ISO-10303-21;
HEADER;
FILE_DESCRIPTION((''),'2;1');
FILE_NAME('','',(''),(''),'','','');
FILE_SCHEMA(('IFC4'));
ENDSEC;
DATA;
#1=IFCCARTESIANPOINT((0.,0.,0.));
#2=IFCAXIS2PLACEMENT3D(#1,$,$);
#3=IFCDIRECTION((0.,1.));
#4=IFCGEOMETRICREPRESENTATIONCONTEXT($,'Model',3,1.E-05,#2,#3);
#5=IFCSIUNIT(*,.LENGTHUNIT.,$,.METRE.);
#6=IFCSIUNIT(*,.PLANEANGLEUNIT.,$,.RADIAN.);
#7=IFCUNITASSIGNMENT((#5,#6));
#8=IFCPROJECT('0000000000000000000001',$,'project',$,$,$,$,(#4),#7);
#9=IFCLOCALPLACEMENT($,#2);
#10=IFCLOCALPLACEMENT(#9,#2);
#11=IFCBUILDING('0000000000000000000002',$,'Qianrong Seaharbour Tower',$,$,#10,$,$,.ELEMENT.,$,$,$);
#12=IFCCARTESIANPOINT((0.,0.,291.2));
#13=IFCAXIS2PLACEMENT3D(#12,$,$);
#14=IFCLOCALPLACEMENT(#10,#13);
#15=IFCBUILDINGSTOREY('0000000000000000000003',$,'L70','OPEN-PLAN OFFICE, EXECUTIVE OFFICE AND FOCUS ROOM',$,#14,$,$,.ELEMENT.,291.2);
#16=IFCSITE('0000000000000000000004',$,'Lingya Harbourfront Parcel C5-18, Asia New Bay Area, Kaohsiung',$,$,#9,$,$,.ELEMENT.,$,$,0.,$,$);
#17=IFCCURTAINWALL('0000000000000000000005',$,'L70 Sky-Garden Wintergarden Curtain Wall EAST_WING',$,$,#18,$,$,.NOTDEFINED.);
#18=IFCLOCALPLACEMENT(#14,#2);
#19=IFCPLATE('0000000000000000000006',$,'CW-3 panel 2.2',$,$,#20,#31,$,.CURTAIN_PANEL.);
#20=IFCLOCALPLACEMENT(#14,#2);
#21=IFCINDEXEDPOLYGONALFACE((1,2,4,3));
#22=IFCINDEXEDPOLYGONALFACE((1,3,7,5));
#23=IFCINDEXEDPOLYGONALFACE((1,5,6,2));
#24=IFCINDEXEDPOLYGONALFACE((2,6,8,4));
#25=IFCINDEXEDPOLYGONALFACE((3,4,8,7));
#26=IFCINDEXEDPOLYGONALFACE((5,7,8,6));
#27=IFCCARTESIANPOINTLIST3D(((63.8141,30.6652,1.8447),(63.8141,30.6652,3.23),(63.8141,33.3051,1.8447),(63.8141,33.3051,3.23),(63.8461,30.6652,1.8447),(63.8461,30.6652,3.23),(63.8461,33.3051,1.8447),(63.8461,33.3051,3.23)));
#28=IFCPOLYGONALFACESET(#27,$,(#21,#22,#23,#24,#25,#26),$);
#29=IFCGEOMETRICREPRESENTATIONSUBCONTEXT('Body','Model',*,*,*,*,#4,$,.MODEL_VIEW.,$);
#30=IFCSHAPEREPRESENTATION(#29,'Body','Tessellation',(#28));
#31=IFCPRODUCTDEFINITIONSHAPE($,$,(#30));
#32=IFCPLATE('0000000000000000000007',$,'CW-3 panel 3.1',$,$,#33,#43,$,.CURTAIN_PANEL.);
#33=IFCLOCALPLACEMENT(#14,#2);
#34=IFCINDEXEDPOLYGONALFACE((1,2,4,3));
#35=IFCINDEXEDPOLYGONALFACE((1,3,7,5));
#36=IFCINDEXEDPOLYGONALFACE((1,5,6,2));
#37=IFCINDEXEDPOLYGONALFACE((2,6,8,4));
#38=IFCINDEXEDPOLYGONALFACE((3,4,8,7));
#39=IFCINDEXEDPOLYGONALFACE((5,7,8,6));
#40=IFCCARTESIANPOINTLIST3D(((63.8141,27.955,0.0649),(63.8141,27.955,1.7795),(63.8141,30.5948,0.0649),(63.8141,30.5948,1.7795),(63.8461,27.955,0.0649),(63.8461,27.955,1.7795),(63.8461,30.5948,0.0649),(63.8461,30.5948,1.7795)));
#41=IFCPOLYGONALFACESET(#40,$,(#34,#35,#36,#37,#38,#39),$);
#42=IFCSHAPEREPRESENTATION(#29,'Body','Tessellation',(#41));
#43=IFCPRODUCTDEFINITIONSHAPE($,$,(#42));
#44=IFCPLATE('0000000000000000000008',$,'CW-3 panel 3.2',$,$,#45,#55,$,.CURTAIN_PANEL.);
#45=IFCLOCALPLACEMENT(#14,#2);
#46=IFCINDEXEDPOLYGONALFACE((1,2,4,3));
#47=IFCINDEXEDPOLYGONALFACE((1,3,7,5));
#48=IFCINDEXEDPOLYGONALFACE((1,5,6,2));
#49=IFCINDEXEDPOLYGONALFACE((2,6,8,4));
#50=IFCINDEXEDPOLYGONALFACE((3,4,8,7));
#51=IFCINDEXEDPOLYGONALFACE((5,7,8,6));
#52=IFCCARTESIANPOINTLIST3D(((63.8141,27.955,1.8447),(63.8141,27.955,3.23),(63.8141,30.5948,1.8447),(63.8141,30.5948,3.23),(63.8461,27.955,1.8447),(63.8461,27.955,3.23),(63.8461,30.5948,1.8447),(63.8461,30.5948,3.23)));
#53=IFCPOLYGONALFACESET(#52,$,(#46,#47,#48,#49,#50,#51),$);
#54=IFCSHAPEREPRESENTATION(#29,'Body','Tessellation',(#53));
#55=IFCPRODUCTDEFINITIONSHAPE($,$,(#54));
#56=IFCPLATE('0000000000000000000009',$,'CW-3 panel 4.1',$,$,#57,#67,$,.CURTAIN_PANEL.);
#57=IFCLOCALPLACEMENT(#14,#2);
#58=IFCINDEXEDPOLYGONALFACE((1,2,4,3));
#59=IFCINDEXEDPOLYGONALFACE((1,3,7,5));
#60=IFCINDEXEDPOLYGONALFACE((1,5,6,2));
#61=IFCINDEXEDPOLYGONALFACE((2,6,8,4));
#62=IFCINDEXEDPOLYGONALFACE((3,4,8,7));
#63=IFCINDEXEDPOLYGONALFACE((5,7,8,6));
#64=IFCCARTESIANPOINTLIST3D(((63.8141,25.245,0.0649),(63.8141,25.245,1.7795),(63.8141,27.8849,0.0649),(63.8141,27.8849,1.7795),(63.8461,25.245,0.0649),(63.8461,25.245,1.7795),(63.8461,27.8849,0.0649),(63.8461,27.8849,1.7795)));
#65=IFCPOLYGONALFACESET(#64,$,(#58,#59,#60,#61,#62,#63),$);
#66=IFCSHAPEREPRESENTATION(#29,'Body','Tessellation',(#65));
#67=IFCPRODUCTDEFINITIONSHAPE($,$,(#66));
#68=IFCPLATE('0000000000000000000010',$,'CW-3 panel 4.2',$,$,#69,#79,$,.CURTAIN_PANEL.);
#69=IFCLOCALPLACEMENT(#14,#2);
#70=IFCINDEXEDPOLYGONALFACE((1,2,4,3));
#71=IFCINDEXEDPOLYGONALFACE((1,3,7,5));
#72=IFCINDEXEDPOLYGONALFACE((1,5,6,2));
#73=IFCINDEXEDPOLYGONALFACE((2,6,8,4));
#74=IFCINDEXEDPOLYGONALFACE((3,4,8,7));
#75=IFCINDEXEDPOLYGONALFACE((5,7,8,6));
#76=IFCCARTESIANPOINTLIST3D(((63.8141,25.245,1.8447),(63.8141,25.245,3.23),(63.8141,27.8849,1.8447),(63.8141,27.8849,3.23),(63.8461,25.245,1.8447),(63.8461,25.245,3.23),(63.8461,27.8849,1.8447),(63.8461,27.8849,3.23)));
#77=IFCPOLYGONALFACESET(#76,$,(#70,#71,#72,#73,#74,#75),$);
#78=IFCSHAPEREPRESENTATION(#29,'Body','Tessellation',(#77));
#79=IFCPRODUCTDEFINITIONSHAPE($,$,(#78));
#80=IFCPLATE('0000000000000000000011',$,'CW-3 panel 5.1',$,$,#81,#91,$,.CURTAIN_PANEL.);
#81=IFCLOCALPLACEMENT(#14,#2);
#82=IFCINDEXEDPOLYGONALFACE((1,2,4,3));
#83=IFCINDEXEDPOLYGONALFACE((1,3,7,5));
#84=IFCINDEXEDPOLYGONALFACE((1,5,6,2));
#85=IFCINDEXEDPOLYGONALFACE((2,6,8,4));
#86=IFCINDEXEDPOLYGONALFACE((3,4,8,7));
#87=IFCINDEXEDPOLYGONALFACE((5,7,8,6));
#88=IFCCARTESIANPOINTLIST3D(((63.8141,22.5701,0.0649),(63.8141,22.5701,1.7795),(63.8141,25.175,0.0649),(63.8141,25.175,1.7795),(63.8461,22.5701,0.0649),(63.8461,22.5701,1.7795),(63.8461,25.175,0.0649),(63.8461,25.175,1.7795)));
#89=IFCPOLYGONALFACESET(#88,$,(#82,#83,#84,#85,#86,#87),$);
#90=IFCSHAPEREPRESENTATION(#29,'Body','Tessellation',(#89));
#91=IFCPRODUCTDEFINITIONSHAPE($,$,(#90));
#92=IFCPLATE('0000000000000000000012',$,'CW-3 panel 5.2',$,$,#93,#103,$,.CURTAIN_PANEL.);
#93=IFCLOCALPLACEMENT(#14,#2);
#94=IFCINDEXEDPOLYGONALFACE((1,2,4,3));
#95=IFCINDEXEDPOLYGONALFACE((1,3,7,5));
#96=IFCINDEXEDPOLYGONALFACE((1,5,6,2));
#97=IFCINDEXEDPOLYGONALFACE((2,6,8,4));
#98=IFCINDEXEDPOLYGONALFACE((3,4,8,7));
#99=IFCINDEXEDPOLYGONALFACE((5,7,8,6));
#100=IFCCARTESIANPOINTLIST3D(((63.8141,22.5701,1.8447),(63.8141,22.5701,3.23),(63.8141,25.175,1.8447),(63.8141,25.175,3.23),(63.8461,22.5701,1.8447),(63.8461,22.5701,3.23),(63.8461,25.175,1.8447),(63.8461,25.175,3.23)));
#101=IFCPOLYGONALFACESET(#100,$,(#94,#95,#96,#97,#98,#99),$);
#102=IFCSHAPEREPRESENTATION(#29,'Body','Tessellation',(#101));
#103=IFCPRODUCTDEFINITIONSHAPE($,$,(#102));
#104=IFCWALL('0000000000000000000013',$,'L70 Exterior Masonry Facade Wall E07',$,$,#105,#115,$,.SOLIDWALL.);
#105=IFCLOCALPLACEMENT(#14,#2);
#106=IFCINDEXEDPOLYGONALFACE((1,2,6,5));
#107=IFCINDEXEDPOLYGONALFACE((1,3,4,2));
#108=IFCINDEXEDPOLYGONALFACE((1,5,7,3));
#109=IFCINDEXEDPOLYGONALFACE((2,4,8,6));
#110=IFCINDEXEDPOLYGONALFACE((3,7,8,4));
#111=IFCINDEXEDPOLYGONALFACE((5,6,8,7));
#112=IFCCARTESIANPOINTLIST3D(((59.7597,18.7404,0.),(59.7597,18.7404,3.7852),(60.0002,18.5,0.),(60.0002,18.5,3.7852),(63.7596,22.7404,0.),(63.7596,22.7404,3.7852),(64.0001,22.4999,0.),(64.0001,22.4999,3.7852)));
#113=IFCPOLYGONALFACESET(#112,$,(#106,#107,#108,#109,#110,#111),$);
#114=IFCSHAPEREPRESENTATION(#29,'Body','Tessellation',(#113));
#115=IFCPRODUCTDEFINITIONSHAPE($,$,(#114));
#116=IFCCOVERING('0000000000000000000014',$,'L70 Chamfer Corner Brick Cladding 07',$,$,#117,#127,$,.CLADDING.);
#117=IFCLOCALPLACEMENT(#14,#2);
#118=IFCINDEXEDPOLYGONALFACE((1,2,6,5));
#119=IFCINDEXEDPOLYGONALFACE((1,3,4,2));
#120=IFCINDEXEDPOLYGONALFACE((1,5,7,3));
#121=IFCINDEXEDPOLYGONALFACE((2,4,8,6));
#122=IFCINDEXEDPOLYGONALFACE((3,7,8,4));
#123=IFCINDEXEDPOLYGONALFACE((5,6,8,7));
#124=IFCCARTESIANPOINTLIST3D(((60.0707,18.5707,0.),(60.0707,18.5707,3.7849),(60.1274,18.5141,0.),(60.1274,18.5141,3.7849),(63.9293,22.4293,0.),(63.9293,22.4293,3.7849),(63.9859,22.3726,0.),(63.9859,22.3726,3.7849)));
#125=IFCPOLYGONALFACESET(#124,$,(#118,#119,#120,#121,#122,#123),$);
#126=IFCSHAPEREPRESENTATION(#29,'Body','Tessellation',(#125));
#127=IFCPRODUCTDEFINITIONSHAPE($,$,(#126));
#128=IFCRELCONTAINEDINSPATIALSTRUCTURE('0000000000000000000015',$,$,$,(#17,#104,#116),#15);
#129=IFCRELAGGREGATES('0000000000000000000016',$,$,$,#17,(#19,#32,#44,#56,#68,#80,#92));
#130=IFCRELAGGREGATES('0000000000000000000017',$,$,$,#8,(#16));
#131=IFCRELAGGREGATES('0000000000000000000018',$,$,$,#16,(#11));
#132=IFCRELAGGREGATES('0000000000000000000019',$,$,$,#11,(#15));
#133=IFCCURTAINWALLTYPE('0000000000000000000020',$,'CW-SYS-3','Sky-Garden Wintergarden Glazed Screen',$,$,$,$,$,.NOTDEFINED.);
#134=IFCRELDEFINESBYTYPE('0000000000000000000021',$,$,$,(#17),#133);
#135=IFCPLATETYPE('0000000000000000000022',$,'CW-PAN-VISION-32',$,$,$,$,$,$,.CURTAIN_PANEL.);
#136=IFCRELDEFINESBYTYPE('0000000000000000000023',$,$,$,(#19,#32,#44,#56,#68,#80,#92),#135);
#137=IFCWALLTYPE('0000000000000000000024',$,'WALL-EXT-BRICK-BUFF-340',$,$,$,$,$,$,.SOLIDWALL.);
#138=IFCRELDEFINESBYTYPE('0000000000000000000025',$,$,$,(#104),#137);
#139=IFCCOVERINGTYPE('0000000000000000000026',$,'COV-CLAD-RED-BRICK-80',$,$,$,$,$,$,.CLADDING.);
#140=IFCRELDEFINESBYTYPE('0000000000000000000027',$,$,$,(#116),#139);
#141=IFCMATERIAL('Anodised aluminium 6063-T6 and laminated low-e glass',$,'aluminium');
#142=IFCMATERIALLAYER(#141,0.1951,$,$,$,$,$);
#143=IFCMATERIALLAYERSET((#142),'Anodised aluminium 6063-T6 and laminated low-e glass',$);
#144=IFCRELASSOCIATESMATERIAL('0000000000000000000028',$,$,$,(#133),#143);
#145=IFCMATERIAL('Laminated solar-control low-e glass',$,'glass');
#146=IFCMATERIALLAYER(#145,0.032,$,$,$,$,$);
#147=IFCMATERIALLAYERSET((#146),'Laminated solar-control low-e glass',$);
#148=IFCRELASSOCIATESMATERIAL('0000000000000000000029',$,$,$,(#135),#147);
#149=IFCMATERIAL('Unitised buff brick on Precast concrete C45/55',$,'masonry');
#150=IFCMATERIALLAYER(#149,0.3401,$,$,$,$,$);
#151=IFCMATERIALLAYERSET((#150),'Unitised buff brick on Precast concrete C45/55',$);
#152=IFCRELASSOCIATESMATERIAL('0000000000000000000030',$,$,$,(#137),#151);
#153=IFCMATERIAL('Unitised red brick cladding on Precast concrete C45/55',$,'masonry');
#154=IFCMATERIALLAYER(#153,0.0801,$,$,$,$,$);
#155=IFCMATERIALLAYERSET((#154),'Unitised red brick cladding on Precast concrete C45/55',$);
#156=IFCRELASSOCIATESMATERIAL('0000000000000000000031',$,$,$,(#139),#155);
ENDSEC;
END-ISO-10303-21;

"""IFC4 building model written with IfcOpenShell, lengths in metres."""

from ifc_helpers import new_model, si_unit, direction, frame, frame_2d, origin, origin_2d, place, context, subcontext, project, spatial, rectangle, extrude, material, layer, layer_set, type_object, element, aggregate, save


model = new_model("IFC4")

# Units and contexts
model_context = context("Model", 3, precision=1e-05, world=origin(), true_north=direction((0.0, 1.0)))
body_context = subcontext(model_context, "Body", "Model", "MODEL_VIEW")
ifc_project = project(units=[si_unit("LENGTHUNIT", "METRE"), si_unit("PLANEANGLEUNIT", "RADIAN")], contexts=[model_context])

# Site, building, storey
site_placement = place(None, origin())
site = spatial("IfcSite", under=ifc_project, at=site_placement, Name="Lingya Harbourfront Parcel C5-18, Asia New Bay Area, Kaohsiung", CompositionType="ELEMENT", RefElevation=0.0)
building_placement = place(site_placement, origin())
building = spatial("IfcBuilding", under=site, at=building_placement, Name="Qianrong Seaharbour Tower", CompositionType="ELEMENT")
storey_placement = place(building_placement, frame((0.0, 0.0, 291.2)))
storey = spatial("IfcBuildingStorey", under=building, at=storey_placement, Name="L70", Description="OPEN-PLAN OFFICE, EXECUTIVE OFFICE AND FOCUS ROOM", CompositionType="ELEMENT", Elevation=291.2)

# Curtain wall, plates
ifc_material_1 = material(Name="Anodised aluminium 6063-T6 and laminated low-e glass", Category="aluminium")
ifc_layer_1 = layer(ifc_material_1, 0.1951)
ifc_layer_set_1 = layer_set([ifc_layer_1], Name="Anodised aluminium 6063-T6 and laminated low-e glass")
curtain_wall_type = type_object("IfcCurtainWallType", Name="CW-SYS-3", Description="Sky-Garden Wintergarden Glazed Screen", PredefinedType="NOTDEFINED", material=ifc_layer_set_1)
curtain_wall_placement = place(storey_placement, origin())
curtain_wall = element("IfcCurtainWall", 1, at=curtain_wall_placement, inside=storey, type_object=curtain_wall_type, Name="L70 Sky-Garden Wintergarden Curtain Wall EAST_WING", PredefinedType="NOTDEFINED")
ifc_material_2 = material(Name="Laminated solar-control low-e glass", Category="glass")
ifc_layer_2 = layer(ifc_material_2, 0.032)
ifc_layer_set_2 = layer_set([ifc_layer_2], Name="Laminated solar-control low-e glass")
plate_type = type_object("IfcPlateType", Name="CW-PAN-VISION-32", PredefinedType="CURTAIN_PANEL", material=ifc_layer_set_2)
plate_1_placement = place(storey_placement, frame((63.8301, 31.9851, 1.8447), z_axis=(0.0, 0.0, 1.0), x_axis=(0.0, -1.0, 0.0)))
plate_1 = element("IfcPlate", 2, at=plate_1_placement, type_object=plate_type, Name="CW-3 panel 2.2", PredefinedType="CURTAIN_PANEL", context=body_context, shape_type="SweptSolid", body=[
    extrude(rectangle(XDim=2.6399, YDim=0.032, at=origin_2d()), origin(), (0.0, 0.0, 1.0), 1.3853),
])
plate_2_placement = place(storey_placement, frame((63.8301, 29.2749, 0.0649), z_axis=(0.0, 0.0, 1.0), x_axis=(0.0, -1.0, 0.0)))
plate_2 = element("IfcPlate", 3, at=plate_2_placement, type_object=plate_type, Name="CW-3 panel 3.1", PredefinedType="CURTAIN_PANEL", context=body_context, shape_type="SweptSolid", body=[
    extrude(rectangle(XDim=2.6399, YDim=0.032, at=origin_2d()), origin(), (0.0, 0.0, 1.0), 1.7146),
])
plate_3_placement = place(storey_placement, frame((63.8301, 29.2749, 1.8447), z_axis=(0.0, 0.0, 1.0), x_axis=(0.0, -1.0, 0.0)))
plate_3 = element("IfcPlate", 4, at=plate_3_placement, type_object=plate_type, Name="CW-3 panel 3.2", PredefinedType="CURTAIN_PANEL", context=body_context, shape_type="SweptSolid", body=[
    extrude(rectangle(XDim=2.6399, YDim=0.032, at=origin_2d()), origin(), (0.0, 0.0, 1.0), 1.3853),
])
plate_4_placement = place(storey_placement, frame((63.8301, 26.5649, 0.0649), z_axis=(0.0, 0.0, 1.0), x_axis=(0.0, -1.0, 0.0)))
plate_4 = element("IfcPlate", 5, at=plate_4_placement, type_object=plate_type, Name="CW-3 panel 4.1", PredefinedType="CURTAIN_PANEL", context=body_context, shape_type="SweptSolid", body=[
    extrude(rectangle(XDim=2.6399, YDim=0.032, at=origin_2d()), origin(), (0.0, 0.0, 1.0), 1.7146),
])
plate_5_placement = place(storey_placement, frame((63.8301, 26.5649, 1.8447), z_axis=(0.0, 0.0, 1.0), x_axis=(0.0, -1.0, 0.0)))
plate_5 = element("IfcPlate", 6, at=plate_5_placement, type_object=plate_type, Name="CW-3 panel 4.2", PredefinedType="CURTAIN_PANEL", context=body_context, shape_type="SweptSolid", body=[
    extrude(rectangle(XDim=2.6399, YDim=0.032, at=origin_2d()), origin(), (0.0, 0.0, 1.0), 1.3853),
])
plate_6_placement = place(storey_placement, frame((63.8301, 23.8726, 0.0649), z_axis=(0.0, 0.0, 1.0), x_axis=(0.0, -1.0, 0.0)))
plate_6 = element("IfcPlate", 7, at=plate_6_placement, type_object=plate_type, Name="CW-3 panel 5.1", PredefinedType="CURTAIN_PANEL", context=body_context, shape_type="SweptSolid", body=[
    extrude(rectangle(XDim=2.605, YDim=0.032, at=origin_2d()), origin(), (0.0, 0.0, 1.0), 1.7146),
])
plate_7_placement = place(storey_placement, frame((63.8301, 23.8726, 1.8447), z_axis=(0.0, 0.0, 1.0), x_axis=(0.0, -1.0, 0.0)))
plate_7 = element("IfcPlate", 8, at=plate_7_placement, type_object=plate_type, Name="CW-3 panel 5.2", PredefinedType="CURTAIN_PANEL", context=body_context, shape_type="SweptSolid", body=[
    extrude(rectangle(XDim=2.605, YDim=0.032, at=origin_2d()), origin(), (0.0, 0.0, 1.0), 1.3853),
])
aggregate(curtain_wall, [plate_1, plate_2, plate_3, plate_4, plate_5, plate_6, plate_7])

# Wall
ifc_material_3 = material(Name="Unitised buff brick on Precast concrete C45/55", Category="masonry")
ifc_layer_3 = layer(ifc_material_3, 0.3401)
ifc_layer_set_3 = layer_set([ifc_layer_3], Name="Unitised buff brick on Precast concrete C45/55")
wall_type = type_object("IfcWallType", Name="WALL-EXT-BRICK-BUFF-340", PredefinedType="SOLIDWALL", material=ifc_layer_set_3)
wall_placement = place(storey_placement, frame((63.8799, 22.6201, 0.0), z_axis=(0.0, 0.0, 1.0), x_axis=(-0.707107, -0.707107, 0.0)))
element("IfcWall", 9, at=wall_placement, inside=storey, type_object=wall_type, Name="L70 Exterior Masonry Facade Wall E07", PredefinedType="SOLIDWALL", context=body_context, shape_type="SweptSolid", body=[
    extrude(rectangle(XDim=5.6567, YDim=0.3401, at=frame_2d((2.8284, 0.0))), origin(), (0.0, 0.0, 1.0), 3.7852),
])

# Covering
ifc_material_4 = material(Name="Unitised red brick cladding on Precast concrete C45/55", Category="masonry")
ifc_layer_4 = layer(ifc_material_4, 0.0801)
ifc_layer_set_4 = layer_set([ifc_layer_4], Name="Unitised red brick cladding on Precast concrete C45/55")
covering_type = type_object("IfcCoveringType", Name="COV-CLAD-RED-BRICK-80", PredefinedType="CLADDING", material=ifc_layer_set_4)
covering_placement = place(storey_placement, frame((62.0283, 20.4717, 0.0), z_axis=(0.0, 0.0, 1.0), x_axis=(-0.707107, -0.707107, 0.0)))
element("IfcCovering", 10, at=covering_placement, inside=storey, type_object=covering_type, Name="L70 Chamfer Corner Brick Cladding 07", PredefinedType="CLADDING", context=body_context, shape_type="SweptSolid", body=[
    extrude(rectangle(XDim=5.4568, YDim=0.0801, at=origin_2d()), origin(), (0.0, 0.0, 1.0), 3.7849),
])

save(model, "model.ifc")
